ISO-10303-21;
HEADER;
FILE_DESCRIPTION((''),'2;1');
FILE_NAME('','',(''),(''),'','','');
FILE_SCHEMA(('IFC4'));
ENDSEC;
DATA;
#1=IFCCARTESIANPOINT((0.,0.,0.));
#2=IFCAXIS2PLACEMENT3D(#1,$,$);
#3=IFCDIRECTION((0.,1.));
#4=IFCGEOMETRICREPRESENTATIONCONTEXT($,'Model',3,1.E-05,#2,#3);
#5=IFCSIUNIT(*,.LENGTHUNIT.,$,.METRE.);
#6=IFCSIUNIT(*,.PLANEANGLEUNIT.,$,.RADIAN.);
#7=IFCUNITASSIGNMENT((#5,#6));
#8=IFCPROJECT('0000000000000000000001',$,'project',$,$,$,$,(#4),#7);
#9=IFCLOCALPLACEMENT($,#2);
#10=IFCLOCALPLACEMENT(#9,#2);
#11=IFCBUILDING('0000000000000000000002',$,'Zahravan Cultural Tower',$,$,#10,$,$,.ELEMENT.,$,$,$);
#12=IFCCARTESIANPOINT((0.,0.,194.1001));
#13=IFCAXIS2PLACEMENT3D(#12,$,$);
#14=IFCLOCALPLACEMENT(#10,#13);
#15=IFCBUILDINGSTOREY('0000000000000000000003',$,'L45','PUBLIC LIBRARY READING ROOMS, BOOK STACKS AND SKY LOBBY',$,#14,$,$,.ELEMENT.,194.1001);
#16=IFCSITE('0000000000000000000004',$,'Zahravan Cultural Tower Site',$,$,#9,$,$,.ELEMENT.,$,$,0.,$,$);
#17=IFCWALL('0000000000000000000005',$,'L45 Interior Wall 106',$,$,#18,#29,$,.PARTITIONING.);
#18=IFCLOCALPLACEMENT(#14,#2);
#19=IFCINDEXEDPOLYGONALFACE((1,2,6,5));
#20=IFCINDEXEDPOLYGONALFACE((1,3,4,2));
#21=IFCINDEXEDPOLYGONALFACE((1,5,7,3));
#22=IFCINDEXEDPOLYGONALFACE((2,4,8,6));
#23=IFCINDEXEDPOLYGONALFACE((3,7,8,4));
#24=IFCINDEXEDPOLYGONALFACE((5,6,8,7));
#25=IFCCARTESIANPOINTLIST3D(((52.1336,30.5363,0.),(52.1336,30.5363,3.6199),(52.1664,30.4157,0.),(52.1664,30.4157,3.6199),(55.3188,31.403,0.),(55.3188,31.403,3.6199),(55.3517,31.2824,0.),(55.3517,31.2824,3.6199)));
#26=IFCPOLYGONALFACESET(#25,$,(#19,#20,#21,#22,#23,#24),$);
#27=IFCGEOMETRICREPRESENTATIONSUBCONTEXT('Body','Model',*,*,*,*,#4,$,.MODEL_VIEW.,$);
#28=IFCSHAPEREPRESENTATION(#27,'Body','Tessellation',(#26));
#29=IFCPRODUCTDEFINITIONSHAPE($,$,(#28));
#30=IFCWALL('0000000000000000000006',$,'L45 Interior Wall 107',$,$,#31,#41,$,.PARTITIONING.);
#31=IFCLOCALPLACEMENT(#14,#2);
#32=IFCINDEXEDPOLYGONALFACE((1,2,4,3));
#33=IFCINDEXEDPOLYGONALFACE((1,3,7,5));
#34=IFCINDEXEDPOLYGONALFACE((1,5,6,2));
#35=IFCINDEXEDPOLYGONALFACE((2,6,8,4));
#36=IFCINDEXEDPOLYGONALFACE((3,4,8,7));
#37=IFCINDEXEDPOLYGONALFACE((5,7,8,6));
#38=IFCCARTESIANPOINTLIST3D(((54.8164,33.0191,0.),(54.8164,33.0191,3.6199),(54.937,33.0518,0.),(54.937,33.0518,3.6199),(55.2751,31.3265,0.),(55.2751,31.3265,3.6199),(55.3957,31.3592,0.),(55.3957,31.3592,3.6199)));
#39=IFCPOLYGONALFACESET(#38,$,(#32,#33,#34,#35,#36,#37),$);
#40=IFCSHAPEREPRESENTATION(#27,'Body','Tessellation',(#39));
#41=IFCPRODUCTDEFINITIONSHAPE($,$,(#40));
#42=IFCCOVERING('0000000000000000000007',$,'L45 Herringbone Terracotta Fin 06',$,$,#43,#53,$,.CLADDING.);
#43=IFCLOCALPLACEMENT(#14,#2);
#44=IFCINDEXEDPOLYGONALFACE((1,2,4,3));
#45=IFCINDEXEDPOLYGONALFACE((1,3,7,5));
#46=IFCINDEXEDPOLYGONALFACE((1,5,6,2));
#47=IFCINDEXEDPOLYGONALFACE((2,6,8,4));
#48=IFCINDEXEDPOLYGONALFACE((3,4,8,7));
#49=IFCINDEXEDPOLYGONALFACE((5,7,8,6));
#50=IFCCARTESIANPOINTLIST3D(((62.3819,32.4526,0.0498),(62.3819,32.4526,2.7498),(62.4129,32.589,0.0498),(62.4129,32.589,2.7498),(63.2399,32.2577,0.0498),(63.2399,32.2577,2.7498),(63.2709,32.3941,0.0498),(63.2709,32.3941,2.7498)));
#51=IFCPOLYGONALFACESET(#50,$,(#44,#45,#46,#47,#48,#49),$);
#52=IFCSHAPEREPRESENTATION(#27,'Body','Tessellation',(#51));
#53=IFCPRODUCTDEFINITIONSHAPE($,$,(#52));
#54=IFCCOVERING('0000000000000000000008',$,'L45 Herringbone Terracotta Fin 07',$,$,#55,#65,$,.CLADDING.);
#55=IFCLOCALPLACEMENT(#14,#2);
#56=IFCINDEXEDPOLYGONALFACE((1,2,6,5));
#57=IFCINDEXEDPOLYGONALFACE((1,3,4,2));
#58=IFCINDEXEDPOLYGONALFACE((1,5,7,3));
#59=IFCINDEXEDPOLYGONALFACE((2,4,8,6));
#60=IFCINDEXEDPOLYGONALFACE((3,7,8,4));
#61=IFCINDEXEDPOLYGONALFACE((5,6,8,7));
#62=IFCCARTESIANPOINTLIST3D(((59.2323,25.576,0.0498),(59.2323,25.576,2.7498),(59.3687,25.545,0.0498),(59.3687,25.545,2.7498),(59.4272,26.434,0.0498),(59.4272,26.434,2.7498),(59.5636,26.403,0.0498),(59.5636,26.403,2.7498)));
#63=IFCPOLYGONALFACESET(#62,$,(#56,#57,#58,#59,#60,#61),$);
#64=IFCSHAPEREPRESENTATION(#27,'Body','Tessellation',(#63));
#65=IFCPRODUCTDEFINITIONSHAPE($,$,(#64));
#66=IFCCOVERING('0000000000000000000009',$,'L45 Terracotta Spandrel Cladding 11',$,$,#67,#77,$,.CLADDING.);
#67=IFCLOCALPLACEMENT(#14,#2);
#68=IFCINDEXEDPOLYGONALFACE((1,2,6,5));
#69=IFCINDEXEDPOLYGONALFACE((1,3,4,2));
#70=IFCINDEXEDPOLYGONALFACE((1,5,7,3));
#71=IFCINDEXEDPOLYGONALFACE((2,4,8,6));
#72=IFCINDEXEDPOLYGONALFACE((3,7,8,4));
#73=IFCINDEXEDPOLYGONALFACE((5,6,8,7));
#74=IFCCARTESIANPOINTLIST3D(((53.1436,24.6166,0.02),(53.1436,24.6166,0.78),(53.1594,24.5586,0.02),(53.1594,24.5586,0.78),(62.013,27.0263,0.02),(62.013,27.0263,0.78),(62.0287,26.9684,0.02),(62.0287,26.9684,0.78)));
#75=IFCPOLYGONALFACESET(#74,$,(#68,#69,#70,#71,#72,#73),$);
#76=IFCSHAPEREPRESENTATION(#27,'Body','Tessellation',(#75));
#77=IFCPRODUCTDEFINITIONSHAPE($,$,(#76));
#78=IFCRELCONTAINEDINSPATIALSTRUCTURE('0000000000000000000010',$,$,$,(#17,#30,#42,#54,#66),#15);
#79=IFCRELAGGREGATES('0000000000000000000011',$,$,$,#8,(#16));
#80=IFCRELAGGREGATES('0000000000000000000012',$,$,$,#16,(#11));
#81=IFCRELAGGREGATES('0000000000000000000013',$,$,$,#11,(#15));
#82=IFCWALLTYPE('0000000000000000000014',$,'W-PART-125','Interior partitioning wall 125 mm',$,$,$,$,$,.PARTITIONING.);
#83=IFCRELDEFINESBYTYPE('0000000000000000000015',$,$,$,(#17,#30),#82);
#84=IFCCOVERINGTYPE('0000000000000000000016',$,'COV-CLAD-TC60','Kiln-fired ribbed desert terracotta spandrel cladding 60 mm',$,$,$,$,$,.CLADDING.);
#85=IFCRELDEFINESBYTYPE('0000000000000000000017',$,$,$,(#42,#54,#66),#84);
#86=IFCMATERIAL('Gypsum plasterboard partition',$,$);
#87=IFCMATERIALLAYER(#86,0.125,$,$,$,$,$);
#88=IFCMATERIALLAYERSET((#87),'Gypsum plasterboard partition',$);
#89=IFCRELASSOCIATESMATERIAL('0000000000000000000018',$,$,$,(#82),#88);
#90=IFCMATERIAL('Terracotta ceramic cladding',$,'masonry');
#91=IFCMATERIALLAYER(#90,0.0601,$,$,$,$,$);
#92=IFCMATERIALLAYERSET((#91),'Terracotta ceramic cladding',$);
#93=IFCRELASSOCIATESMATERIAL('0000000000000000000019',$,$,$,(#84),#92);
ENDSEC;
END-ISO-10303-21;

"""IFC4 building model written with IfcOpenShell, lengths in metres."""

from ifc_helpers import new_model, si_unit, direction, frame, frame_2d, origin, origin_2d, place, context, subcontext, project, spatial, rectangle, extrude, source, transform, mapped, material, layer, layer_set, type_object, element, save


model = new_model("IFC4")

# Units and contexts
model_context = context("Model", 3, precision=1e-05, world=origin(), true_north=direction((0.0, 1.0)))
body_context = subcontext(model_context, "Body", "Model", "MODEL_VIEW")
ifc_project = project(units=[si_unit("LENGTHUNIT", "METRE"), si_unit("PLANEANGLEUNIT", "RADIAN")], contexts=[model_context])

# Site, building, storey
site_placement = place(None, origin())
site = spatial("IfcSite", under=ifc_project, at=site_placement, Name="Zahravan Cultural Tower Site", CompositionType="ELEMENT", RefElevation=0.0)
building_placement = place(site_placement, origin())
building = spatial("IfcBuilding", under=site, at=building_placement, Name="Zahravan Cultural Tower", CompositionType="ELEMENT")
storey_placement = place(building_placement, frame((0.0, 0.0, 194.1001)))
storey = spatial("IfcBuildingStorey", under=building, at=storey_placement, Name="L45", Description="PUBLIC LIBRARY READING ROOMS, BOOK STACKS AND SKY LOBBY", CompositionType="ELEMENT", Elevation=194.1001)

# Walls
ifc_material_1 = material(Name="Gypsum plasterboard partition")
ifc_layer_1 = layer(ifc_material_1, 0.125)
ifc_layer_set_1 = layer_set([ifc_layer_1], Name="Gypsum plasterboard partition")
wall_type_1 = type_object("IfcWallType", Name="W-PART-125", Description="Interior partitioning wall 125 mm", PredefinedType="PARTITIONING", material=ifc_layer_set_1)
shared_shape_1 = source(origin(), body_context, "Body", "SweptSolid", [
    extrude(rectangle(XDim=3.301, YDim=0.125, at=frame_2d((1.6504, 0.0))), origin(), (0.0, 0.0, 1.0), 3.6199),
])
wall_1_placement = place(storey_placement, frame((52.1501, 30.4761, 0.0), z_axis=(0.0, 0.0, 1.0), x_axis=(0.964919, 0.262548, 0.0)))
element("IfcWall", 1, at=wall_1_placement, inside=storey, type_object=wall_type_1, Name="L45 Interior Wall 106", PredefinedType="PARTITIONING", context=body_context, shape_type="MappedRepresentation", body=[
    mapped(shared_shape_1, transform((0.0, 0.0, 0.0), x_axis=(1.0, 0.0, 0.0), y_axis=(0.0, 1.0, 0.0), z_axis=(0.0, 0.0, 1.0), scale=1.0)),
])
shared_shape_2 = source(origin(), body_context, "Body", "SweptSolid", [
    extrude(rectangle(XDim=1.7537, YDim=0.125, at=frame_2d((0.877, 0.0))), origin(), (0.0, 0.0, 1.0), 3.6199),
])
wall_2_placement = place(storey_placement, frame((55.3354, 31.3428, 0.0), z_axis=(0.0, 0.0, 1.0), x_axis=(-0.261586, 0.96518, 0.0)))
element("IfcWall", 2, at=wall_2_placement, inside=storey, type_object=wall_type_1, Name="L45 Interior Wall 107", PredefinedType="PARTITIONING", context=body_context, shape_type="MappedRepresentation", body=[
    mapped(shared_shape_2, transform((0.0, 0.0, 0.0), x_axis=(1.0, 0.0, 0.0), y_axis=(0.0, 1.0, 0.0), z_axis=(0.0, 0.0, 1.0), scale=1.0)),
])

# Coverings
ifc_material_2 = material(Name="Terracotta ceramic cladding", Category="masonry")
ifc_layer_2 = layer(ifc_material_2, 0.0601)
ifc_layer_set_2 = layer_set([ifc_layer_2], Name="Terracotta ceramic cladding")
covering_type = type_object("IfcCoveringType", Name="COV-CLAD-TC60", Description="Kiln-fired ribbed desert terracotta spandrel cladding 60 mm", PredefinedType="CLADDING", material=ifc_layer_set_2)
shared_shape_3 = source(origin(), body_context, "Body", "SweptSolid", [
    extrude(rectangle(XDim=0.8799, YDim=0.1399, at=origin_2d()), origin(), (0.0, 0.0, 1.0), 2.7),
])
for number, where, z_axis, x_axis, name in (
    (3, (62.8264, 32.4233, 0.0498), (0.0, 0.0, 1.0), (0.975149, -0.221548, 0.0), "L45 Herringbone Terracotta Fin 06"),
    (4, (59.3979, 25.9895, 0.0498), (0.0, 0.0, 1.0), (-0.221548, -0.975149, 0.0), "L45 Herringbone Terracotta Fin 07"),
):
    element("IfcCovering", number, at=place(storey_placement, frame(where, z_axis=z_axis, x_axis=x_axis)), inside=storey, type_object=covering_type, Name=name, PredefinedType="CLADDING", context=body_context, shape_type="MappedRepresentation", body=[
        mapped(shared_shape_3, transform((0.0, 0.0, 0.0), x_axis=(1.0, 0.0, 0.0), y_axis=(0.0, 1.0, 0.0), z_axis=(0.0, 0.0, 1.0), scale=1.0)),
    ])
shared_shape_4 = source(origin(), body_context, "Body", "SweptSolid", [
    extrude(rectangle(XDim=9.1909, YDim=0.0601, at=origin_2d()), origin(), (0.0, 0.0, 1.0), 0.76),
])
covering_placement = place(storey_placement, frame((57.5862, 25.7925, 0.02), z_axis=(0.0, 0.0, 1.0), x_axis=(-0.965016, -0.262189, 0.0)))
element("IfcCovering", 5, at=covering_placement, inside=storey, type_object=covering_type, Name="L45 Terracotta Spandrel Cladding 11", PredefinedType="CLADDING", context=body_context, shape_type="MappedRepresentation", body=[
    mapped(shared_shape_4, transform((0.0, 0.0, 0.0), x_axis=(1.0, 0.0, 0.0), y_axis=(0.0, 1.0, 0.0), z_axis=(0.0, 0.0, 1.0), scale=1.0)),
])

save(model, "model.ifc")
